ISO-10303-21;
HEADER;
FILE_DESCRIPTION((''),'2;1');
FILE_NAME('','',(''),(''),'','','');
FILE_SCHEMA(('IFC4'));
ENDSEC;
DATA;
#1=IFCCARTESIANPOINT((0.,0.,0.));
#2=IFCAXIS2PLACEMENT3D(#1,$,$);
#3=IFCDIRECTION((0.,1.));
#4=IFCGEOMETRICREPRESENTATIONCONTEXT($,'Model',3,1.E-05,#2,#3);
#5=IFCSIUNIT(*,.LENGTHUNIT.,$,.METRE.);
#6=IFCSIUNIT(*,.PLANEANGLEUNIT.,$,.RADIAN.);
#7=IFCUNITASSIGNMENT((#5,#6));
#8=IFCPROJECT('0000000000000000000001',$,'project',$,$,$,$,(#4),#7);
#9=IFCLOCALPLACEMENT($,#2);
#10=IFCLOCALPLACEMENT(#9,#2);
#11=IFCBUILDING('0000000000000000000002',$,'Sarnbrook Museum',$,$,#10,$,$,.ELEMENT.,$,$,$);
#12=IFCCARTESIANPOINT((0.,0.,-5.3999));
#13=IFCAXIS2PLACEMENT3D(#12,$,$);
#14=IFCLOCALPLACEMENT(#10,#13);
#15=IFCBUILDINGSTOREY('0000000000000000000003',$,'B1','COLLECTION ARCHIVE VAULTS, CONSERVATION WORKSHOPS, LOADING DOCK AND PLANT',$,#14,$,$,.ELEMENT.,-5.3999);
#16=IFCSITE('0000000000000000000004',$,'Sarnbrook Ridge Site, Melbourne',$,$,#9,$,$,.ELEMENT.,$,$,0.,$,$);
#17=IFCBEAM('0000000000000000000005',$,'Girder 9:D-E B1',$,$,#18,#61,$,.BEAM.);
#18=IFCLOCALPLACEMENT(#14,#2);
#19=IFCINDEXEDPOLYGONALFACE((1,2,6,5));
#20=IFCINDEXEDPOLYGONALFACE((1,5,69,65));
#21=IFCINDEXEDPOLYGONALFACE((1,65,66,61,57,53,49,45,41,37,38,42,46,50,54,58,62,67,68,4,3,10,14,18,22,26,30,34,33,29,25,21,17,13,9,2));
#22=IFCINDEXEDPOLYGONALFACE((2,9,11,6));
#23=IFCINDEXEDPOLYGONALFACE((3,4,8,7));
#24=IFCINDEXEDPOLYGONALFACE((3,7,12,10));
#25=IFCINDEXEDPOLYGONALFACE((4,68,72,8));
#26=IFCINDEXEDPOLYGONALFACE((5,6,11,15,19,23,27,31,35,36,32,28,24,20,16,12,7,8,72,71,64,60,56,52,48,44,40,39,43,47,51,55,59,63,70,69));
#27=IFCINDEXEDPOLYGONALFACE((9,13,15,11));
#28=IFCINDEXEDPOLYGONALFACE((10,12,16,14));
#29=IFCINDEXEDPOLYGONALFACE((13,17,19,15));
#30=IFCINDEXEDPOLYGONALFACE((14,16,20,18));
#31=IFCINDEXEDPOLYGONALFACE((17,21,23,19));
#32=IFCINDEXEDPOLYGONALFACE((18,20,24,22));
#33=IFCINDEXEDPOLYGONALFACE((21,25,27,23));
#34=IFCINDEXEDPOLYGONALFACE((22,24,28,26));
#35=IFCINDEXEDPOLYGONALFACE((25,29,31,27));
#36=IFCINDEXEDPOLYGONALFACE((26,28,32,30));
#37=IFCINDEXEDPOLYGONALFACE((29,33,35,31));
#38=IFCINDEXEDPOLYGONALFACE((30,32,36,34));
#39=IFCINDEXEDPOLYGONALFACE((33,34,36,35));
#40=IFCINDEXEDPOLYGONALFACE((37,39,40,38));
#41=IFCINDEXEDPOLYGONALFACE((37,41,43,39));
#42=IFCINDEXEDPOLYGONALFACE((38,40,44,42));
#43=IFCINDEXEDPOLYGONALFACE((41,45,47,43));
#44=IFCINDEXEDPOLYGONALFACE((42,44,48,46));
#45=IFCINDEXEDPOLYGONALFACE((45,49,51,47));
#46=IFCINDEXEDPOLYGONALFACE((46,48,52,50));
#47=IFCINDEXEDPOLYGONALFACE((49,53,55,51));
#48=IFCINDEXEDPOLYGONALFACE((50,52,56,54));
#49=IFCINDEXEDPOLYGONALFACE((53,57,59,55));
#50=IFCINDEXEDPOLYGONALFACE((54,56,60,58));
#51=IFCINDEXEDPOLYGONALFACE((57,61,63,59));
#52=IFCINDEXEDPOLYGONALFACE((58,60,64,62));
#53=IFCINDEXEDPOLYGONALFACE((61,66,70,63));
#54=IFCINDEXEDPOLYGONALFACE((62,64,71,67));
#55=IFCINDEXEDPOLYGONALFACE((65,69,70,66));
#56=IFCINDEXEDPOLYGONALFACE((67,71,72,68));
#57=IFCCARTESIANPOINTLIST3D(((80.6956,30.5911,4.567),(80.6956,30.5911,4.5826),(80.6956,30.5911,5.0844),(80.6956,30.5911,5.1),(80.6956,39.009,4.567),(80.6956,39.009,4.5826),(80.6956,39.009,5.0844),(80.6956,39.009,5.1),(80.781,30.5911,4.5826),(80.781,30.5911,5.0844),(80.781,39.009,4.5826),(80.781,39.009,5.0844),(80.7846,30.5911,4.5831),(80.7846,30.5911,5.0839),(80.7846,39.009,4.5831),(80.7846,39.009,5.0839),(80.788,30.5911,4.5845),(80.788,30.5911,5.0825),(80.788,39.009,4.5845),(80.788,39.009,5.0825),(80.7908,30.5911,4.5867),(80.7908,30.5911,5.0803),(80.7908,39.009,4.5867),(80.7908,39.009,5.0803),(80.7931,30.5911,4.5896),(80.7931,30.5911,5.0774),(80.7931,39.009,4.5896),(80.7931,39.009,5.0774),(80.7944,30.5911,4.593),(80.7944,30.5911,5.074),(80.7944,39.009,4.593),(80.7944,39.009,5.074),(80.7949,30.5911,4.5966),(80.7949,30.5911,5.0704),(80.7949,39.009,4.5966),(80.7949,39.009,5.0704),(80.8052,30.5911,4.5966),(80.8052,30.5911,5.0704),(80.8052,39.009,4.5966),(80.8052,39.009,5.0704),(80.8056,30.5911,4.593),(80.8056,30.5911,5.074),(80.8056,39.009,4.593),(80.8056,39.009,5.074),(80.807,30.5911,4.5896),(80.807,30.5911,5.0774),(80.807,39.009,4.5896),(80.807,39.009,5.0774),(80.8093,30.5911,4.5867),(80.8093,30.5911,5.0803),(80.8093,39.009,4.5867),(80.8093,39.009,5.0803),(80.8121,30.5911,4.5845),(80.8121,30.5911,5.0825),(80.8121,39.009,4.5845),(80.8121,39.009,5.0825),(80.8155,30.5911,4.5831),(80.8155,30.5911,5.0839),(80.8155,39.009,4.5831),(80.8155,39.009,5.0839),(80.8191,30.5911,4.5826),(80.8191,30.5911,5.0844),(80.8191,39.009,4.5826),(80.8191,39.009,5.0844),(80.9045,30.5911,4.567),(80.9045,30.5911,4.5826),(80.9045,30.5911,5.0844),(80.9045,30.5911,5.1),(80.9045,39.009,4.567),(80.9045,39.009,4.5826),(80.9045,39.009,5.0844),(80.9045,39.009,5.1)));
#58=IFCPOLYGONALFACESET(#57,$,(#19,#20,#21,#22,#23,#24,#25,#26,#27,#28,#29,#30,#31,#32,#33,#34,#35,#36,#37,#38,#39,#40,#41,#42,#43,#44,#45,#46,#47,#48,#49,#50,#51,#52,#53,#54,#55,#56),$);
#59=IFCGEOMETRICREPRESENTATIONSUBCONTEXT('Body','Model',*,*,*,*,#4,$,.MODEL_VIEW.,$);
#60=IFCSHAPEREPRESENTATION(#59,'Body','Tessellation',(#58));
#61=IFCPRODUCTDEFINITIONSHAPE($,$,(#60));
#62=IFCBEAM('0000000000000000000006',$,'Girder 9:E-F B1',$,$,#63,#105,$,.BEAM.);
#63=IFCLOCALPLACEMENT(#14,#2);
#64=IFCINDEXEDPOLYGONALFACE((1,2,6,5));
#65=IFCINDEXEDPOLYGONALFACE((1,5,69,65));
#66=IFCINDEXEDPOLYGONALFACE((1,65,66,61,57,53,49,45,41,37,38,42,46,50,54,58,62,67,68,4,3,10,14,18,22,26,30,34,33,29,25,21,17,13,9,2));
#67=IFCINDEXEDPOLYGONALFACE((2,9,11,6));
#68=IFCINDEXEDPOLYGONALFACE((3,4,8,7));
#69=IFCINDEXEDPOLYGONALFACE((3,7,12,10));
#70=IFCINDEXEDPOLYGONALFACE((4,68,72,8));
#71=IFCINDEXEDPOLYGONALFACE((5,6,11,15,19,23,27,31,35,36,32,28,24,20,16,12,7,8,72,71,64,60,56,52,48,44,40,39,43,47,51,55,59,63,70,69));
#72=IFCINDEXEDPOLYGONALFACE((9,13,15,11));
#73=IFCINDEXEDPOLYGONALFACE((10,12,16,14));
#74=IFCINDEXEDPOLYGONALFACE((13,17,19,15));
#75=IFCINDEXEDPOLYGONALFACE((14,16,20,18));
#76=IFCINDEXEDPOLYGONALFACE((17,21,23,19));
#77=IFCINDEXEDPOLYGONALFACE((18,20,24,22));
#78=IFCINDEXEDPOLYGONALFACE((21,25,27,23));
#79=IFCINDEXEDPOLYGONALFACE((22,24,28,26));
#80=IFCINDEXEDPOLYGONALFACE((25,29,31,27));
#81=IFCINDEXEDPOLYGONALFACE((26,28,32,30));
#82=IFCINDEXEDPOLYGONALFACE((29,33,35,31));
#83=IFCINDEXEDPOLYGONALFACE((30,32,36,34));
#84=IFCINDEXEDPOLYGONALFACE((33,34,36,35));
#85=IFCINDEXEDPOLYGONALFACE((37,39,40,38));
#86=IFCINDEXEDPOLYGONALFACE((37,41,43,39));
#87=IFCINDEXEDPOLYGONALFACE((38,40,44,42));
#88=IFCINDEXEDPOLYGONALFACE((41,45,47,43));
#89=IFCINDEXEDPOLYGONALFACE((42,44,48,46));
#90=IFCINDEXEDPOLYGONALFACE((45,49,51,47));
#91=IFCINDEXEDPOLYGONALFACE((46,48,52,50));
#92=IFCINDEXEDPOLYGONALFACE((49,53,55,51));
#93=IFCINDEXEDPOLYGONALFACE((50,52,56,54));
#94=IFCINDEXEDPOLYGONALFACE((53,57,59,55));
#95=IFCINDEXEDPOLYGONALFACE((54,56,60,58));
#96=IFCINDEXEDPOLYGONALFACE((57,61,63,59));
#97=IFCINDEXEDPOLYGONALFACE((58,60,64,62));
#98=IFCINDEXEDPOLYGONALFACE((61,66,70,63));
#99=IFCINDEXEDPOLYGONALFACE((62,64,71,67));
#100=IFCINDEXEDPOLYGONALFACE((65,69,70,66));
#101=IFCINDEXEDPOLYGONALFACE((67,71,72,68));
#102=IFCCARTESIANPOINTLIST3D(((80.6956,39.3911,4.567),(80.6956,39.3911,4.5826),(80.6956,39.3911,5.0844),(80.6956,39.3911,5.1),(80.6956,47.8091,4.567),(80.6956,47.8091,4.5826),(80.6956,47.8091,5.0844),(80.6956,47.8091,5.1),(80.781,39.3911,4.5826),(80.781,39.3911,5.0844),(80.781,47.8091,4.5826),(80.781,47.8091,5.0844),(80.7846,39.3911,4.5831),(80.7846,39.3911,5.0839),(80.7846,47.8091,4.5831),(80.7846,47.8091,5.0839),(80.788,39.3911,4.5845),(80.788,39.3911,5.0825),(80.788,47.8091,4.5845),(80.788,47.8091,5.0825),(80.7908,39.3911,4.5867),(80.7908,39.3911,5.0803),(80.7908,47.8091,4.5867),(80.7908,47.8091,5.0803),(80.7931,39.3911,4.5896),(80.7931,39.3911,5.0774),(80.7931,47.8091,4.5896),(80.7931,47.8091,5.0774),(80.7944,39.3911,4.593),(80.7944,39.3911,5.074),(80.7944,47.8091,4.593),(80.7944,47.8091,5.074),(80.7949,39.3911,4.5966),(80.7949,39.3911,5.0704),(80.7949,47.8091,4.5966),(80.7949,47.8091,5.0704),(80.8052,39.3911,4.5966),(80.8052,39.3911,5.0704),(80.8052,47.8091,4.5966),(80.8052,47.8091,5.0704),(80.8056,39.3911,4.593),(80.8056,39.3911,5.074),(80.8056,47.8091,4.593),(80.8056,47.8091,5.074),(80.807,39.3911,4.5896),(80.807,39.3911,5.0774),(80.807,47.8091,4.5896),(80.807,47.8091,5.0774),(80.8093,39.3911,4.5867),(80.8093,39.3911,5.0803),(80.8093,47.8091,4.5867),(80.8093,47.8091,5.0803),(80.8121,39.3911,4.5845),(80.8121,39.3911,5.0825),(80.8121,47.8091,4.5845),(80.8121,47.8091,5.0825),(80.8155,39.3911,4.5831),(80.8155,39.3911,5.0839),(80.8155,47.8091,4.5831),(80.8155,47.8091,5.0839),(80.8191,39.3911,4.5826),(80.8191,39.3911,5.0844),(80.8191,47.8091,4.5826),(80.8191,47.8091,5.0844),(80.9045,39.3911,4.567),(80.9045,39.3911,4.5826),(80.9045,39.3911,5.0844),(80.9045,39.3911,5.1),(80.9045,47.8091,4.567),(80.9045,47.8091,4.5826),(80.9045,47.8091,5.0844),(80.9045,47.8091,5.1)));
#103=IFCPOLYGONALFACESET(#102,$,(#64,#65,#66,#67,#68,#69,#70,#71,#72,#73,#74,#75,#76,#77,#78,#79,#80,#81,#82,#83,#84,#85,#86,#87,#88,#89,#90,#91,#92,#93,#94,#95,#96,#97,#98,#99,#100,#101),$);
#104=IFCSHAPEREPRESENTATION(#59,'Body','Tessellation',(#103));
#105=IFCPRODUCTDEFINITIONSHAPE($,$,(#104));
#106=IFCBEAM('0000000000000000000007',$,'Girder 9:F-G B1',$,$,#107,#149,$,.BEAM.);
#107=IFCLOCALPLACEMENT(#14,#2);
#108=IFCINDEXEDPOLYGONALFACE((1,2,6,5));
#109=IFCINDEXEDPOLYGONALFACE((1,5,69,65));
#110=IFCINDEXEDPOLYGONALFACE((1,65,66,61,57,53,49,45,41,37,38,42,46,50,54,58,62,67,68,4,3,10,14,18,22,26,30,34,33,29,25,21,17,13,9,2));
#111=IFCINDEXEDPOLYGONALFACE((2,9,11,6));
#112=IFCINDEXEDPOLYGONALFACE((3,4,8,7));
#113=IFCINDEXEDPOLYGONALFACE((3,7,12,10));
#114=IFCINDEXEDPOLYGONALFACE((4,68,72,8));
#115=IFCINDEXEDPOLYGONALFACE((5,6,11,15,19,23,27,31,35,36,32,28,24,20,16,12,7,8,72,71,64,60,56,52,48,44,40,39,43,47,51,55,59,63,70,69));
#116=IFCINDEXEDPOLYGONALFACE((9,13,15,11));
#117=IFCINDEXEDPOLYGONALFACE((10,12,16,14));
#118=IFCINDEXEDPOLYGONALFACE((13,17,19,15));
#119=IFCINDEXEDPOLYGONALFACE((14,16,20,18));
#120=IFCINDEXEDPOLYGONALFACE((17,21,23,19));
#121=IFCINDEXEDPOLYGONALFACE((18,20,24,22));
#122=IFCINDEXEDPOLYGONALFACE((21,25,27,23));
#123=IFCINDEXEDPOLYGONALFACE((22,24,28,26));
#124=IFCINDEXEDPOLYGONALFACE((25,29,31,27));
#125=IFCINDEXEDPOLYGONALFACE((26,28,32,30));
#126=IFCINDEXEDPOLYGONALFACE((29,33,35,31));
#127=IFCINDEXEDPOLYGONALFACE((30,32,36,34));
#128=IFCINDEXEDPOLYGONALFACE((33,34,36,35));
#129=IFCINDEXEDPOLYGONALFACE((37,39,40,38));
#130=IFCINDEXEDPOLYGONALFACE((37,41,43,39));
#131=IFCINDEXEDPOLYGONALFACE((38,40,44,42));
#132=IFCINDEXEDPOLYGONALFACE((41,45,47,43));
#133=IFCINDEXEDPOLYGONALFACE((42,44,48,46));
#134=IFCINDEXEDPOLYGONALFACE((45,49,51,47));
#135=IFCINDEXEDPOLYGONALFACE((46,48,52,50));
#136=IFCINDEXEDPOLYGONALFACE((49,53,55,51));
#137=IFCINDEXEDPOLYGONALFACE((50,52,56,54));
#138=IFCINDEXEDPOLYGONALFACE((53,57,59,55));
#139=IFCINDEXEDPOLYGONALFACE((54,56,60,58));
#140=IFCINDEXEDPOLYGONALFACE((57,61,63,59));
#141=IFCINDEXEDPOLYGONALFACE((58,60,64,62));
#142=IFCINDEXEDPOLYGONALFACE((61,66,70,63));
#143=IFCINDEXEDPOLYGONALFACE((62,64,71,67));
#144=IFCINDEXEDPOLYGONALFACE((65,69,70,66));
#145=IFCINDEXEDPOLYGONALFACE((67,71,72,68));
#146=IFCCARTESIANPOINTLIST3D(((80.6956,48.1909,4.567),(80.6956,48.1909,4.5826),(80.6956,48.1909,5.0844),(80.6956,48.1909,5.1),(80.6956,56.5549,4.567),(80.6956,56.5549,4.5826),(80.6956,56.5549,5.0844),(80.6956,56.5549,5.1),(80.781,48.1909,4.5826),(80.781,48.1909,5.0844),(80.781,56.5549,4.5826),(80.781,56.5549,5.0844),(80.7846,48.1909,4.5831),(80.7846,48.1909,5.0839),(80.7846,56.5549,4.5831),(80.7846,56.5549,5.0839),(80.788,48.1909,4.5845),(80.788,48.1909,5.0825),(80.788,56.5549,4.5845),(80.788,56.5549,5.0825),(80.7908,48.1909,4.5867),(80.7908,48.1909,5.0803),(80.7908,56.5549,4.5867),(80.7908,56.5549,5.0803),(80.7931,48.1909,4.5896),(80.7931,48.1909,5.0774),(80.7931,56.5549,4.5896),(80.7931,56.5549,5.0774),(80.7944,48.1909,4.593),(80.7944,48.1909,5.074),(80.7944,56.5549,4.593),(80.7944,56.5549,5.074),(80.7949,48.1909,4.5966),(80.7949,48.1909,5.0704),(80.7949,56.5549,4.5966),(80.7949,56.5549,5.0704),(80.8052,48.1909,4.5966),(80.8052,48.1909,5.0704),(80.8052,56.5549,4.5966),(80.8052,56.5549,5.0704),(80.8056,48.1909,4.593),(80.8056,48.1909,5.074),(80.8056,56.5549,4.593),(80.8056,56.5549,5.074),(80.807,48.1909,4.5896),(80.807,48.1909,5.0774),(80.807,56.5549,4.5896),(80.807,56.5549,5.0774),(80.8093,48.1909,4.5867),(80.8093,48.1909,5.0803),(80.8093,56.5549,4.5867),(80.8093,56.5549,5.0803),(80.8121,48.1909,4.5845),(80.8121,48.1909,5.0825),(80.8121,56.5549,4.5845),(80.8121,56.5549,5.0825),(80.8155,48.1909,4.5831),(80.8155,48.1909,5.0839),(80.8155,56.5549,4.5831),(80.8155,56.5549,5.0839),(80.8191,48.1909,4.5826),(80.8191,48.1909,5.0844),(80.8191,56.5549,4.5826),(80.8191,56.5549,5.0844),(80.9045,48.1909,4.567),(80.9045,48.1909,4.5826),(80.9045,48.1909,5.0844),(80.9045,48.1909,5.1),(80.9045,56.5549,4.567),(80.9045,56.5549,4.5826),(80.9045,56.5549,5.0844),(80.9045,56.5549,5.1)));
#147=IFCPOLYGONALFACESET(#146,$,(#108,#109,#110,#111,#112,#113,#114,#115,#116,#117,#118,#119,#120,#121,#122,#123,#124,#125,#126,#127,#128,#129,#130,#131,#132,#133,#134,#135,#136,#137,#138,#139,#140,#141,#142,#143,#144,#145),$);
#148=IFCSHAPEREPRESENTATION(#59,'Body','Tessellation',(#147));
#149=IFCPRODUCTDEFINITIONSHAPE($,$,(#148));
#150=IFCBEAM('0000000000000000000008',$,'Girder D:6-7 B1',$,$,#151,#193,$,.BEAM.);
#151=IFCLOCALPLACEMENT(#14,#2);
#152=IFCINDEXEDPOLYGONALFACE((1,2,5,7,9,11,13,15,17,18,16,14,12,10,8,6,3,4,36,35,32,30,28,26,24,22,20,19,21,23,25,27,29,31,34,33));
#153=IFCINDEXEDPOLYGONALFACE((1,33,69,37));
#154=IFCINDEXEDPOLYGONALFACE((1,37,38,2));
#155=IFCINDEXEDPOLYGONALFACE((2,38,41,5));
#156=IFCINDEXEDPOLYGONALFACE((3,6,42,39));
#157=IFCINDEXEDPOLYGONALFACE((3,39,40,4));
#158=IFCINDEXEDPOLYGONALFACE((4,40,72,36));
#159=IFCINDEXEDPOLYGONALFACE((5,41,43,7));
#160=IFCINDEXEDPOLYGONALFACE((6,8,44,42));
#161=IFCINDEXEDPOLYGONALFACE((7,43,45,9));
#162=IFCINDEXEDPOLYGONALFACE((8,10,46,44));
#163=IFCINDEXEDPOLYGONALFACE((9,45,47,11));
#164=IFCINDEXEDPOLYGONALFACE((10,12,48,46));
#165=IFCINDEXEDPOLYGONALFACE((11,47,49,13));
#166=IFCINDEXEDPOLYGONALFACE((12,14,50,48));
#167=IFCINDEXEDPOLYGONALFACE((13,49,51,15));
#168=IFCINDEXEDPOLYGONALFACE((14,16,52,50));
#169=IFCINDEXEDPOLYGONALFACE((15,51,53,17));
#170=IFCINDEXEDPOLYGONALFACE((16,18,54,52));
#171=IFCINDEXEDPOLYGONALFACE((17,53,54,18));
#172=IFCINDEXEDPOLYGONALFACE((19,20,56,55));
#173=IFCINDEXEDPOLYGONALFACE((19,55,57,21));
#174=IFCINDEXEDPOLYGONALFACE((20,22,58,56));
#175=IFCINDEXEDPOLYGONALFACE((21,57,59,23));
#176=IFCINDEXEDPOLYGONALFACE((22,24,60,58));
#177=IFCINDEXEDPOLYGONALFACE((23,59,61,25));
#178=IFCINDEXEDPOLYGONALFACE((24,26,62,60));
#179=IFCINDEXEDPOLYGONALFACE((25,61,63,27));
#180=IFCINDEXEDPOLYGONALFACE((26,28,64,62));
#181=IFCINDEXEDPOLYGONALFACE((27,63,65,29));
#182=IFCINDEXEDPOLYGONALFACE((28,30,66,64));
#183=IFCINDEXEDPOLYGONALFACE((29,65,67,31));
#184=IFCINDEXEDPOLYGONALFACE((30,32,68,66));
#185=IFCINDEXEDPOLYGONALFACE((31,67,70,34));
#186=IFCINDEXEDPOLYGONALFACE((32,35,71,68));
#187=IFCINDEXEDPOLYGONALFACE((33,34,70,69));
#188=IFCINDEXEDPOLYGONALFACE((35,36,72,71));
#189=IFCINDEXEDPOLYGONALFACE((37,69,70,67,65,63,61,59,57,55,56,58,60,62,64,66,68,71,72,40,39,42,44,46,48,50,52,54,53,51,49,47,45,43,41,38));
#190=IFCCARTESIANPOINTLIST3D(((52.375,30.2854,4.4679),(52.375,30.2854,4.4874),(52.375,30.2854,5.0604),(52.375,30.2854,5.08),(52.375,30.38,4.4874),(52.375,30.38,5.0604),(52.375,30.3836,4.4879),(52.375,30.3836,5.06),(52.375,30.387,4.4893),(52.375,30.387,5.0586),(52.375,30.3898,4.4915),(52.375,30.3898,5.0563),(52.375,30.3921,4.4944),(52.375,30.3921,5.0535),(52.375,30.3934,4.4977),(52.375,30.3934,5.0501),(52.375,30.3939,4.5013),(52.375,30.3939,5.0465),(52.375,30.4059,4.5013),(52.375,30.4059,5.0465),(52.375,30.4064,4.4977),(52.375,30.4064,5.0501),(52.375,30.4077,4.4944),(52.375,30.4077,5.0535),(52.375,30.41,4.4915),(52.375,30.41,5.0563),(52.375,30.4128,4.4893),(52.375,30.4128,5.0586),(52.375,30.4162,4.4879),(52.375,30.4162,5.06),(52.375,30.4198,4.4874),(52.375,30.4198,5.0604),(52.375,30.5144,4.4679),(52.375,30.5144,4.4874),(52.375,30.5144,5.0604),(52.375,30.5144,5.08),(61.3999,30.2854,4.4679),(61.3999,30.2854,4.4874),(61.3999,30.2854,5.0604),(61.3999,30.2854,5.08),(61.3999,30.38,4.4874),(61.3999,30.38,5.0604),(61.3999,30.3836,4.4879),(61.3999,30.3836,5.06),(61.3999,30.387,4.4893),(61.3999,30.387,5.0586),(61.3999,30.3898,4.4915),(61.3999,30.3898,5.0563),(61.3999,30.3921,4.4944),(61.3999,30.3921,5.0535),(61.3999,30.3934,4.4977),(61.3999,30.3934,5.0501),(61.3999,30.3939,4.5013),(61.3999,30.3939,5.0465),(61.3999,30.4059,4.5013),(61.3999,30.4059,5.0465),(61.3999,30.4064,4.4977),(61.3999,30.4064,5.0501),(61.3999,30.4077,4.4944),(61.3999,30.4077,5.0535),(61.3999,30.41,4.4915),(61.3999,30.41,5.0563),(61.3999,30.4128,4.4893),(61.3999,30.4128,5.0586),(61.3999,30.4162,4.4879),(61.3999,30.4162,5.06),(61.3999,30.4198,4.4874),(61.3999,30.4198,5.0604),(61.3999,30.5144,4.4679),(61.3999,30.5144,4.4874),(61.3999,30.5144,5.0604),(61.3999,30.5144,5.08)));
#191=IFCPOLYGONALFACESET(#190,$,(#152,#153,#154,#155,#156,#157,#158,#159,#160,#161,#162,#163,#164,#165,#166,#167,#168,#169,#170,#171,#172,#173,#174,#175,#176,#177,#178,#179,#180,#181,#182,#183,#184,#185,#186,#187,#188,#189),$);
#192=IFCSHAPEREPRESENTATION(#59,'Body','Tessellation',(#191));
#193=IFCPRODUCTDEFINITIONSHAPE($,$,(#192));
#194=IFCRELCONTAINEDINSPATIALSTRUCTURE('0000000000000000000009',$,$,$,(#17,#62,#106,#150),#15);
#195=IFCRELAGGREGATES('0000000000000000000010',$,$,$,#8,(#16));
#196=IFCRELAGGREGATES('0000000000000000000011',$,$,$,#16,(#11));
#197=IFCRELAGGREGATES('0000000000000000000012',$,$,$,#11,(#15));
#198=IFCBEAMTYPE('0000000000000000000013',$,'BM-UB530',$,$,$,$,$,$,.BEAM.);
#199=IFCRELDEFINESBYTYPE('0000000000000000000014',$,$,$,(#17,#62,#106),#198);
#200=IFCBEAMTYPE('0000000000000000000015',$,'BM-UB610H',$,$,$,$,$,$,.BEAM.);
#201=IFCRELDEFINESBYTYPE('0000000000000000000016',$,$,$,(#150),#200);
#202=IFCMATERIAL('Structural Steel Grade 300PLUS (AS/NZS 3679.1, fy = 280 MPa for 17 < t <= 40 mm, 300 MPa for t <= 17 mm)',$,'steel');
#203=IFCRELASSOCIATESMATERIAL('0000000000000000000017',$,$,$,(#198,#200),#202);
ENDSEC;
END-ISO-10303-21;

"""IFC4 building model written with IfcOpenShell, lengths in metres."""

from ifc_helpers import new_model, si_unit, direction, frame, origin, origin_2d, place, context, subcontext, project, spatial, i_section, extrude, material, material_profile, profile_set, type_object, element, save


model = new_model("IFC4")

# Units and contexts
model_context = context("Model", 3, precision=1e-05, world=origin(), true_north=direction((0.0, 1.0)))
body_context = subcontext(model_context, "Body", "Model", "MODEL_VIEW")
ifc_project = project(units=[si_unit("LENGTHUNIT", "METRE"), si_unit("PLANEANGLEUNIT", "RADIAN")], contexts=[model_context])

# Site, building, storey
site_placement = place(None, origin())
site = spatial("IfcSite", under=ifc_project, at=site_placement, Name="Sarnbrook Ridge Site, Melbourne", CompositionType="ELEMENT", RefElevation=0.0)
building_placement = place(site_placement, origin())
building = spatial("IfcBuilding", under=site, at=building_placement, Name="Sarnbrook Museum", CompositionType="ELEMENT")
storey_placement = place(building_placement, frame((0.0, 0.0, -5.3999)))
storey = spatial("IfcBuildingStorey", under=building, at=storey_placement, Name="B1", Description="COLLECTION ARCHIVE VAULTS, CONSERVATION WORKSHOPS, LOADING DOCK AND PLANT", CompositionType="ELEMENT", Elevation=-5.3999)

# Beams
ifc_material_1 = material(Name="Structural Steel Grade 300PLUS (AS/NZS 3679.1, fy = 280 MPa for 17 < t <= 40 mm, 300 MPa for t <= 17 mm)", Category="steel")
ifc_material_profile_1 = material_profile(ifc_material_1, i_section(OverallWidth=0.209, OverallDepth=0.533, WebThickness=0.0103, FlangeThickness=0.0156, FilletRadius=0.0139, at=origin_2d()), Name="530UB92.4")
ifc_profile_set_1 = profile_set([ifc_material_profile_1], Name="Structural Steel Grade 300PLUS (AS/NZS 3679.1, fy = 280 MPa for 17 < t <= 40 mm, 300 MPa for t <= 17 mm)")
beam_type_1 = type_object("IfcBeamType", Name="BM-UB530", PredefinedType="BEAM", material=ifc_profile_set_1)
for number, where, z_axis, x_axis, name in (
    (1, (80.8, 30.5911, 4.8335), (0.0, 1.0, 0.0), (-1.0, 0.0, 0.0), "Girder 9:D-E B1"),
    (2, (80.8, 39.3911, 4.8335), (0.0, 1.0, 0.0), (-1.0, 0.0, 0.0), "Girder 9:E-F B1"),
):
    element("IfcBeam", number, at=place(storey_placement, frame(where, z_axis=z_axis, x_axis=x_axis)), inside=storey, type_object=beam_type_1, Name=name, PredefinedType="BEAM", context=body_context, shape_type="SweptSolid", body=[
        extrude(i_section(OverallWidth=0.209, OverallDepth=0.533, WebThickness=0.0103, FlangeThickness=0.0156, FilletRadius=0.0139, at=origin_2d()), origin(), (0.0, 0.0, 1.0), 8.418),
    ])
beam_1_placement = place(storey_placement, frame((80.8, 48.1909, 4.8335), z_axis=(0.0, 1.0, 0.0), x_axis=(-1.0, 0.0, 0.0)))
element("IfcBeam", 3, at=beam_1_placement, inside=storey, type_object=beam_type_1, Name="Girder 9:F-G B1", PredefinedType="BEAM", context=body_context, shape_type="SweptSolid", body=[
    extrude(i_section(OverallWidth=0.209, OverallDepth=0.533, WebThickness=0.0103, FlangeThickness=0.0156, FilletRadius=0.0139, at=origin_2d()), origin(), (0.0, 0.0, 1.0), 8.364),
])
ifc_material_profile_2 = material_profile(ifc_material_1, i_section(OverallWidth=0.229, OverallDepth=0.6121, WebThickness=0.012, FlangeThickness=0.0195, FilletRadius=0.0139, at=origin_2d()), Name="610UB125")
ifc_profile_set_2 = profile_set([ifc_material_profile_2], Name="Structural Steel Grade 300PLUS (AS/NZS 3679.1, fy = 280 MPa for 17 < t <= 40 mm, 300 MPa for t <= 17 mm)")
beam_type_2 = type_object("IfcBeamType", Name="BM-UB610H", PredefinedType="BEAM", material=ifc_profile_set_2)
beam_2_placement = place(storey_placement, frame((52.375, 30.3999, 4.7739), z_axis=(1.0, 0.0, 0.0), x_axis=(0.0, 1.0, 0.0)))
element("IfcBeam", 4, at=beam_2_placement, inside=storey, type_object=beam_type_2, Name="Girder D:6-7 B1", PredefinedType="BEAM", context=body_context, shape_type="SweptSolid", body=[
    extrude(i_section(OverallWidth=0.229, OverallDepth=0.6121, WebThickness=0.012, FlangeThickness=0.0195, FilletRadius=0.0139, at=origin_2d()), origin(), (0.0, 0.0, 1.0), 9.0249),
])

save(model, "model.ifc")
